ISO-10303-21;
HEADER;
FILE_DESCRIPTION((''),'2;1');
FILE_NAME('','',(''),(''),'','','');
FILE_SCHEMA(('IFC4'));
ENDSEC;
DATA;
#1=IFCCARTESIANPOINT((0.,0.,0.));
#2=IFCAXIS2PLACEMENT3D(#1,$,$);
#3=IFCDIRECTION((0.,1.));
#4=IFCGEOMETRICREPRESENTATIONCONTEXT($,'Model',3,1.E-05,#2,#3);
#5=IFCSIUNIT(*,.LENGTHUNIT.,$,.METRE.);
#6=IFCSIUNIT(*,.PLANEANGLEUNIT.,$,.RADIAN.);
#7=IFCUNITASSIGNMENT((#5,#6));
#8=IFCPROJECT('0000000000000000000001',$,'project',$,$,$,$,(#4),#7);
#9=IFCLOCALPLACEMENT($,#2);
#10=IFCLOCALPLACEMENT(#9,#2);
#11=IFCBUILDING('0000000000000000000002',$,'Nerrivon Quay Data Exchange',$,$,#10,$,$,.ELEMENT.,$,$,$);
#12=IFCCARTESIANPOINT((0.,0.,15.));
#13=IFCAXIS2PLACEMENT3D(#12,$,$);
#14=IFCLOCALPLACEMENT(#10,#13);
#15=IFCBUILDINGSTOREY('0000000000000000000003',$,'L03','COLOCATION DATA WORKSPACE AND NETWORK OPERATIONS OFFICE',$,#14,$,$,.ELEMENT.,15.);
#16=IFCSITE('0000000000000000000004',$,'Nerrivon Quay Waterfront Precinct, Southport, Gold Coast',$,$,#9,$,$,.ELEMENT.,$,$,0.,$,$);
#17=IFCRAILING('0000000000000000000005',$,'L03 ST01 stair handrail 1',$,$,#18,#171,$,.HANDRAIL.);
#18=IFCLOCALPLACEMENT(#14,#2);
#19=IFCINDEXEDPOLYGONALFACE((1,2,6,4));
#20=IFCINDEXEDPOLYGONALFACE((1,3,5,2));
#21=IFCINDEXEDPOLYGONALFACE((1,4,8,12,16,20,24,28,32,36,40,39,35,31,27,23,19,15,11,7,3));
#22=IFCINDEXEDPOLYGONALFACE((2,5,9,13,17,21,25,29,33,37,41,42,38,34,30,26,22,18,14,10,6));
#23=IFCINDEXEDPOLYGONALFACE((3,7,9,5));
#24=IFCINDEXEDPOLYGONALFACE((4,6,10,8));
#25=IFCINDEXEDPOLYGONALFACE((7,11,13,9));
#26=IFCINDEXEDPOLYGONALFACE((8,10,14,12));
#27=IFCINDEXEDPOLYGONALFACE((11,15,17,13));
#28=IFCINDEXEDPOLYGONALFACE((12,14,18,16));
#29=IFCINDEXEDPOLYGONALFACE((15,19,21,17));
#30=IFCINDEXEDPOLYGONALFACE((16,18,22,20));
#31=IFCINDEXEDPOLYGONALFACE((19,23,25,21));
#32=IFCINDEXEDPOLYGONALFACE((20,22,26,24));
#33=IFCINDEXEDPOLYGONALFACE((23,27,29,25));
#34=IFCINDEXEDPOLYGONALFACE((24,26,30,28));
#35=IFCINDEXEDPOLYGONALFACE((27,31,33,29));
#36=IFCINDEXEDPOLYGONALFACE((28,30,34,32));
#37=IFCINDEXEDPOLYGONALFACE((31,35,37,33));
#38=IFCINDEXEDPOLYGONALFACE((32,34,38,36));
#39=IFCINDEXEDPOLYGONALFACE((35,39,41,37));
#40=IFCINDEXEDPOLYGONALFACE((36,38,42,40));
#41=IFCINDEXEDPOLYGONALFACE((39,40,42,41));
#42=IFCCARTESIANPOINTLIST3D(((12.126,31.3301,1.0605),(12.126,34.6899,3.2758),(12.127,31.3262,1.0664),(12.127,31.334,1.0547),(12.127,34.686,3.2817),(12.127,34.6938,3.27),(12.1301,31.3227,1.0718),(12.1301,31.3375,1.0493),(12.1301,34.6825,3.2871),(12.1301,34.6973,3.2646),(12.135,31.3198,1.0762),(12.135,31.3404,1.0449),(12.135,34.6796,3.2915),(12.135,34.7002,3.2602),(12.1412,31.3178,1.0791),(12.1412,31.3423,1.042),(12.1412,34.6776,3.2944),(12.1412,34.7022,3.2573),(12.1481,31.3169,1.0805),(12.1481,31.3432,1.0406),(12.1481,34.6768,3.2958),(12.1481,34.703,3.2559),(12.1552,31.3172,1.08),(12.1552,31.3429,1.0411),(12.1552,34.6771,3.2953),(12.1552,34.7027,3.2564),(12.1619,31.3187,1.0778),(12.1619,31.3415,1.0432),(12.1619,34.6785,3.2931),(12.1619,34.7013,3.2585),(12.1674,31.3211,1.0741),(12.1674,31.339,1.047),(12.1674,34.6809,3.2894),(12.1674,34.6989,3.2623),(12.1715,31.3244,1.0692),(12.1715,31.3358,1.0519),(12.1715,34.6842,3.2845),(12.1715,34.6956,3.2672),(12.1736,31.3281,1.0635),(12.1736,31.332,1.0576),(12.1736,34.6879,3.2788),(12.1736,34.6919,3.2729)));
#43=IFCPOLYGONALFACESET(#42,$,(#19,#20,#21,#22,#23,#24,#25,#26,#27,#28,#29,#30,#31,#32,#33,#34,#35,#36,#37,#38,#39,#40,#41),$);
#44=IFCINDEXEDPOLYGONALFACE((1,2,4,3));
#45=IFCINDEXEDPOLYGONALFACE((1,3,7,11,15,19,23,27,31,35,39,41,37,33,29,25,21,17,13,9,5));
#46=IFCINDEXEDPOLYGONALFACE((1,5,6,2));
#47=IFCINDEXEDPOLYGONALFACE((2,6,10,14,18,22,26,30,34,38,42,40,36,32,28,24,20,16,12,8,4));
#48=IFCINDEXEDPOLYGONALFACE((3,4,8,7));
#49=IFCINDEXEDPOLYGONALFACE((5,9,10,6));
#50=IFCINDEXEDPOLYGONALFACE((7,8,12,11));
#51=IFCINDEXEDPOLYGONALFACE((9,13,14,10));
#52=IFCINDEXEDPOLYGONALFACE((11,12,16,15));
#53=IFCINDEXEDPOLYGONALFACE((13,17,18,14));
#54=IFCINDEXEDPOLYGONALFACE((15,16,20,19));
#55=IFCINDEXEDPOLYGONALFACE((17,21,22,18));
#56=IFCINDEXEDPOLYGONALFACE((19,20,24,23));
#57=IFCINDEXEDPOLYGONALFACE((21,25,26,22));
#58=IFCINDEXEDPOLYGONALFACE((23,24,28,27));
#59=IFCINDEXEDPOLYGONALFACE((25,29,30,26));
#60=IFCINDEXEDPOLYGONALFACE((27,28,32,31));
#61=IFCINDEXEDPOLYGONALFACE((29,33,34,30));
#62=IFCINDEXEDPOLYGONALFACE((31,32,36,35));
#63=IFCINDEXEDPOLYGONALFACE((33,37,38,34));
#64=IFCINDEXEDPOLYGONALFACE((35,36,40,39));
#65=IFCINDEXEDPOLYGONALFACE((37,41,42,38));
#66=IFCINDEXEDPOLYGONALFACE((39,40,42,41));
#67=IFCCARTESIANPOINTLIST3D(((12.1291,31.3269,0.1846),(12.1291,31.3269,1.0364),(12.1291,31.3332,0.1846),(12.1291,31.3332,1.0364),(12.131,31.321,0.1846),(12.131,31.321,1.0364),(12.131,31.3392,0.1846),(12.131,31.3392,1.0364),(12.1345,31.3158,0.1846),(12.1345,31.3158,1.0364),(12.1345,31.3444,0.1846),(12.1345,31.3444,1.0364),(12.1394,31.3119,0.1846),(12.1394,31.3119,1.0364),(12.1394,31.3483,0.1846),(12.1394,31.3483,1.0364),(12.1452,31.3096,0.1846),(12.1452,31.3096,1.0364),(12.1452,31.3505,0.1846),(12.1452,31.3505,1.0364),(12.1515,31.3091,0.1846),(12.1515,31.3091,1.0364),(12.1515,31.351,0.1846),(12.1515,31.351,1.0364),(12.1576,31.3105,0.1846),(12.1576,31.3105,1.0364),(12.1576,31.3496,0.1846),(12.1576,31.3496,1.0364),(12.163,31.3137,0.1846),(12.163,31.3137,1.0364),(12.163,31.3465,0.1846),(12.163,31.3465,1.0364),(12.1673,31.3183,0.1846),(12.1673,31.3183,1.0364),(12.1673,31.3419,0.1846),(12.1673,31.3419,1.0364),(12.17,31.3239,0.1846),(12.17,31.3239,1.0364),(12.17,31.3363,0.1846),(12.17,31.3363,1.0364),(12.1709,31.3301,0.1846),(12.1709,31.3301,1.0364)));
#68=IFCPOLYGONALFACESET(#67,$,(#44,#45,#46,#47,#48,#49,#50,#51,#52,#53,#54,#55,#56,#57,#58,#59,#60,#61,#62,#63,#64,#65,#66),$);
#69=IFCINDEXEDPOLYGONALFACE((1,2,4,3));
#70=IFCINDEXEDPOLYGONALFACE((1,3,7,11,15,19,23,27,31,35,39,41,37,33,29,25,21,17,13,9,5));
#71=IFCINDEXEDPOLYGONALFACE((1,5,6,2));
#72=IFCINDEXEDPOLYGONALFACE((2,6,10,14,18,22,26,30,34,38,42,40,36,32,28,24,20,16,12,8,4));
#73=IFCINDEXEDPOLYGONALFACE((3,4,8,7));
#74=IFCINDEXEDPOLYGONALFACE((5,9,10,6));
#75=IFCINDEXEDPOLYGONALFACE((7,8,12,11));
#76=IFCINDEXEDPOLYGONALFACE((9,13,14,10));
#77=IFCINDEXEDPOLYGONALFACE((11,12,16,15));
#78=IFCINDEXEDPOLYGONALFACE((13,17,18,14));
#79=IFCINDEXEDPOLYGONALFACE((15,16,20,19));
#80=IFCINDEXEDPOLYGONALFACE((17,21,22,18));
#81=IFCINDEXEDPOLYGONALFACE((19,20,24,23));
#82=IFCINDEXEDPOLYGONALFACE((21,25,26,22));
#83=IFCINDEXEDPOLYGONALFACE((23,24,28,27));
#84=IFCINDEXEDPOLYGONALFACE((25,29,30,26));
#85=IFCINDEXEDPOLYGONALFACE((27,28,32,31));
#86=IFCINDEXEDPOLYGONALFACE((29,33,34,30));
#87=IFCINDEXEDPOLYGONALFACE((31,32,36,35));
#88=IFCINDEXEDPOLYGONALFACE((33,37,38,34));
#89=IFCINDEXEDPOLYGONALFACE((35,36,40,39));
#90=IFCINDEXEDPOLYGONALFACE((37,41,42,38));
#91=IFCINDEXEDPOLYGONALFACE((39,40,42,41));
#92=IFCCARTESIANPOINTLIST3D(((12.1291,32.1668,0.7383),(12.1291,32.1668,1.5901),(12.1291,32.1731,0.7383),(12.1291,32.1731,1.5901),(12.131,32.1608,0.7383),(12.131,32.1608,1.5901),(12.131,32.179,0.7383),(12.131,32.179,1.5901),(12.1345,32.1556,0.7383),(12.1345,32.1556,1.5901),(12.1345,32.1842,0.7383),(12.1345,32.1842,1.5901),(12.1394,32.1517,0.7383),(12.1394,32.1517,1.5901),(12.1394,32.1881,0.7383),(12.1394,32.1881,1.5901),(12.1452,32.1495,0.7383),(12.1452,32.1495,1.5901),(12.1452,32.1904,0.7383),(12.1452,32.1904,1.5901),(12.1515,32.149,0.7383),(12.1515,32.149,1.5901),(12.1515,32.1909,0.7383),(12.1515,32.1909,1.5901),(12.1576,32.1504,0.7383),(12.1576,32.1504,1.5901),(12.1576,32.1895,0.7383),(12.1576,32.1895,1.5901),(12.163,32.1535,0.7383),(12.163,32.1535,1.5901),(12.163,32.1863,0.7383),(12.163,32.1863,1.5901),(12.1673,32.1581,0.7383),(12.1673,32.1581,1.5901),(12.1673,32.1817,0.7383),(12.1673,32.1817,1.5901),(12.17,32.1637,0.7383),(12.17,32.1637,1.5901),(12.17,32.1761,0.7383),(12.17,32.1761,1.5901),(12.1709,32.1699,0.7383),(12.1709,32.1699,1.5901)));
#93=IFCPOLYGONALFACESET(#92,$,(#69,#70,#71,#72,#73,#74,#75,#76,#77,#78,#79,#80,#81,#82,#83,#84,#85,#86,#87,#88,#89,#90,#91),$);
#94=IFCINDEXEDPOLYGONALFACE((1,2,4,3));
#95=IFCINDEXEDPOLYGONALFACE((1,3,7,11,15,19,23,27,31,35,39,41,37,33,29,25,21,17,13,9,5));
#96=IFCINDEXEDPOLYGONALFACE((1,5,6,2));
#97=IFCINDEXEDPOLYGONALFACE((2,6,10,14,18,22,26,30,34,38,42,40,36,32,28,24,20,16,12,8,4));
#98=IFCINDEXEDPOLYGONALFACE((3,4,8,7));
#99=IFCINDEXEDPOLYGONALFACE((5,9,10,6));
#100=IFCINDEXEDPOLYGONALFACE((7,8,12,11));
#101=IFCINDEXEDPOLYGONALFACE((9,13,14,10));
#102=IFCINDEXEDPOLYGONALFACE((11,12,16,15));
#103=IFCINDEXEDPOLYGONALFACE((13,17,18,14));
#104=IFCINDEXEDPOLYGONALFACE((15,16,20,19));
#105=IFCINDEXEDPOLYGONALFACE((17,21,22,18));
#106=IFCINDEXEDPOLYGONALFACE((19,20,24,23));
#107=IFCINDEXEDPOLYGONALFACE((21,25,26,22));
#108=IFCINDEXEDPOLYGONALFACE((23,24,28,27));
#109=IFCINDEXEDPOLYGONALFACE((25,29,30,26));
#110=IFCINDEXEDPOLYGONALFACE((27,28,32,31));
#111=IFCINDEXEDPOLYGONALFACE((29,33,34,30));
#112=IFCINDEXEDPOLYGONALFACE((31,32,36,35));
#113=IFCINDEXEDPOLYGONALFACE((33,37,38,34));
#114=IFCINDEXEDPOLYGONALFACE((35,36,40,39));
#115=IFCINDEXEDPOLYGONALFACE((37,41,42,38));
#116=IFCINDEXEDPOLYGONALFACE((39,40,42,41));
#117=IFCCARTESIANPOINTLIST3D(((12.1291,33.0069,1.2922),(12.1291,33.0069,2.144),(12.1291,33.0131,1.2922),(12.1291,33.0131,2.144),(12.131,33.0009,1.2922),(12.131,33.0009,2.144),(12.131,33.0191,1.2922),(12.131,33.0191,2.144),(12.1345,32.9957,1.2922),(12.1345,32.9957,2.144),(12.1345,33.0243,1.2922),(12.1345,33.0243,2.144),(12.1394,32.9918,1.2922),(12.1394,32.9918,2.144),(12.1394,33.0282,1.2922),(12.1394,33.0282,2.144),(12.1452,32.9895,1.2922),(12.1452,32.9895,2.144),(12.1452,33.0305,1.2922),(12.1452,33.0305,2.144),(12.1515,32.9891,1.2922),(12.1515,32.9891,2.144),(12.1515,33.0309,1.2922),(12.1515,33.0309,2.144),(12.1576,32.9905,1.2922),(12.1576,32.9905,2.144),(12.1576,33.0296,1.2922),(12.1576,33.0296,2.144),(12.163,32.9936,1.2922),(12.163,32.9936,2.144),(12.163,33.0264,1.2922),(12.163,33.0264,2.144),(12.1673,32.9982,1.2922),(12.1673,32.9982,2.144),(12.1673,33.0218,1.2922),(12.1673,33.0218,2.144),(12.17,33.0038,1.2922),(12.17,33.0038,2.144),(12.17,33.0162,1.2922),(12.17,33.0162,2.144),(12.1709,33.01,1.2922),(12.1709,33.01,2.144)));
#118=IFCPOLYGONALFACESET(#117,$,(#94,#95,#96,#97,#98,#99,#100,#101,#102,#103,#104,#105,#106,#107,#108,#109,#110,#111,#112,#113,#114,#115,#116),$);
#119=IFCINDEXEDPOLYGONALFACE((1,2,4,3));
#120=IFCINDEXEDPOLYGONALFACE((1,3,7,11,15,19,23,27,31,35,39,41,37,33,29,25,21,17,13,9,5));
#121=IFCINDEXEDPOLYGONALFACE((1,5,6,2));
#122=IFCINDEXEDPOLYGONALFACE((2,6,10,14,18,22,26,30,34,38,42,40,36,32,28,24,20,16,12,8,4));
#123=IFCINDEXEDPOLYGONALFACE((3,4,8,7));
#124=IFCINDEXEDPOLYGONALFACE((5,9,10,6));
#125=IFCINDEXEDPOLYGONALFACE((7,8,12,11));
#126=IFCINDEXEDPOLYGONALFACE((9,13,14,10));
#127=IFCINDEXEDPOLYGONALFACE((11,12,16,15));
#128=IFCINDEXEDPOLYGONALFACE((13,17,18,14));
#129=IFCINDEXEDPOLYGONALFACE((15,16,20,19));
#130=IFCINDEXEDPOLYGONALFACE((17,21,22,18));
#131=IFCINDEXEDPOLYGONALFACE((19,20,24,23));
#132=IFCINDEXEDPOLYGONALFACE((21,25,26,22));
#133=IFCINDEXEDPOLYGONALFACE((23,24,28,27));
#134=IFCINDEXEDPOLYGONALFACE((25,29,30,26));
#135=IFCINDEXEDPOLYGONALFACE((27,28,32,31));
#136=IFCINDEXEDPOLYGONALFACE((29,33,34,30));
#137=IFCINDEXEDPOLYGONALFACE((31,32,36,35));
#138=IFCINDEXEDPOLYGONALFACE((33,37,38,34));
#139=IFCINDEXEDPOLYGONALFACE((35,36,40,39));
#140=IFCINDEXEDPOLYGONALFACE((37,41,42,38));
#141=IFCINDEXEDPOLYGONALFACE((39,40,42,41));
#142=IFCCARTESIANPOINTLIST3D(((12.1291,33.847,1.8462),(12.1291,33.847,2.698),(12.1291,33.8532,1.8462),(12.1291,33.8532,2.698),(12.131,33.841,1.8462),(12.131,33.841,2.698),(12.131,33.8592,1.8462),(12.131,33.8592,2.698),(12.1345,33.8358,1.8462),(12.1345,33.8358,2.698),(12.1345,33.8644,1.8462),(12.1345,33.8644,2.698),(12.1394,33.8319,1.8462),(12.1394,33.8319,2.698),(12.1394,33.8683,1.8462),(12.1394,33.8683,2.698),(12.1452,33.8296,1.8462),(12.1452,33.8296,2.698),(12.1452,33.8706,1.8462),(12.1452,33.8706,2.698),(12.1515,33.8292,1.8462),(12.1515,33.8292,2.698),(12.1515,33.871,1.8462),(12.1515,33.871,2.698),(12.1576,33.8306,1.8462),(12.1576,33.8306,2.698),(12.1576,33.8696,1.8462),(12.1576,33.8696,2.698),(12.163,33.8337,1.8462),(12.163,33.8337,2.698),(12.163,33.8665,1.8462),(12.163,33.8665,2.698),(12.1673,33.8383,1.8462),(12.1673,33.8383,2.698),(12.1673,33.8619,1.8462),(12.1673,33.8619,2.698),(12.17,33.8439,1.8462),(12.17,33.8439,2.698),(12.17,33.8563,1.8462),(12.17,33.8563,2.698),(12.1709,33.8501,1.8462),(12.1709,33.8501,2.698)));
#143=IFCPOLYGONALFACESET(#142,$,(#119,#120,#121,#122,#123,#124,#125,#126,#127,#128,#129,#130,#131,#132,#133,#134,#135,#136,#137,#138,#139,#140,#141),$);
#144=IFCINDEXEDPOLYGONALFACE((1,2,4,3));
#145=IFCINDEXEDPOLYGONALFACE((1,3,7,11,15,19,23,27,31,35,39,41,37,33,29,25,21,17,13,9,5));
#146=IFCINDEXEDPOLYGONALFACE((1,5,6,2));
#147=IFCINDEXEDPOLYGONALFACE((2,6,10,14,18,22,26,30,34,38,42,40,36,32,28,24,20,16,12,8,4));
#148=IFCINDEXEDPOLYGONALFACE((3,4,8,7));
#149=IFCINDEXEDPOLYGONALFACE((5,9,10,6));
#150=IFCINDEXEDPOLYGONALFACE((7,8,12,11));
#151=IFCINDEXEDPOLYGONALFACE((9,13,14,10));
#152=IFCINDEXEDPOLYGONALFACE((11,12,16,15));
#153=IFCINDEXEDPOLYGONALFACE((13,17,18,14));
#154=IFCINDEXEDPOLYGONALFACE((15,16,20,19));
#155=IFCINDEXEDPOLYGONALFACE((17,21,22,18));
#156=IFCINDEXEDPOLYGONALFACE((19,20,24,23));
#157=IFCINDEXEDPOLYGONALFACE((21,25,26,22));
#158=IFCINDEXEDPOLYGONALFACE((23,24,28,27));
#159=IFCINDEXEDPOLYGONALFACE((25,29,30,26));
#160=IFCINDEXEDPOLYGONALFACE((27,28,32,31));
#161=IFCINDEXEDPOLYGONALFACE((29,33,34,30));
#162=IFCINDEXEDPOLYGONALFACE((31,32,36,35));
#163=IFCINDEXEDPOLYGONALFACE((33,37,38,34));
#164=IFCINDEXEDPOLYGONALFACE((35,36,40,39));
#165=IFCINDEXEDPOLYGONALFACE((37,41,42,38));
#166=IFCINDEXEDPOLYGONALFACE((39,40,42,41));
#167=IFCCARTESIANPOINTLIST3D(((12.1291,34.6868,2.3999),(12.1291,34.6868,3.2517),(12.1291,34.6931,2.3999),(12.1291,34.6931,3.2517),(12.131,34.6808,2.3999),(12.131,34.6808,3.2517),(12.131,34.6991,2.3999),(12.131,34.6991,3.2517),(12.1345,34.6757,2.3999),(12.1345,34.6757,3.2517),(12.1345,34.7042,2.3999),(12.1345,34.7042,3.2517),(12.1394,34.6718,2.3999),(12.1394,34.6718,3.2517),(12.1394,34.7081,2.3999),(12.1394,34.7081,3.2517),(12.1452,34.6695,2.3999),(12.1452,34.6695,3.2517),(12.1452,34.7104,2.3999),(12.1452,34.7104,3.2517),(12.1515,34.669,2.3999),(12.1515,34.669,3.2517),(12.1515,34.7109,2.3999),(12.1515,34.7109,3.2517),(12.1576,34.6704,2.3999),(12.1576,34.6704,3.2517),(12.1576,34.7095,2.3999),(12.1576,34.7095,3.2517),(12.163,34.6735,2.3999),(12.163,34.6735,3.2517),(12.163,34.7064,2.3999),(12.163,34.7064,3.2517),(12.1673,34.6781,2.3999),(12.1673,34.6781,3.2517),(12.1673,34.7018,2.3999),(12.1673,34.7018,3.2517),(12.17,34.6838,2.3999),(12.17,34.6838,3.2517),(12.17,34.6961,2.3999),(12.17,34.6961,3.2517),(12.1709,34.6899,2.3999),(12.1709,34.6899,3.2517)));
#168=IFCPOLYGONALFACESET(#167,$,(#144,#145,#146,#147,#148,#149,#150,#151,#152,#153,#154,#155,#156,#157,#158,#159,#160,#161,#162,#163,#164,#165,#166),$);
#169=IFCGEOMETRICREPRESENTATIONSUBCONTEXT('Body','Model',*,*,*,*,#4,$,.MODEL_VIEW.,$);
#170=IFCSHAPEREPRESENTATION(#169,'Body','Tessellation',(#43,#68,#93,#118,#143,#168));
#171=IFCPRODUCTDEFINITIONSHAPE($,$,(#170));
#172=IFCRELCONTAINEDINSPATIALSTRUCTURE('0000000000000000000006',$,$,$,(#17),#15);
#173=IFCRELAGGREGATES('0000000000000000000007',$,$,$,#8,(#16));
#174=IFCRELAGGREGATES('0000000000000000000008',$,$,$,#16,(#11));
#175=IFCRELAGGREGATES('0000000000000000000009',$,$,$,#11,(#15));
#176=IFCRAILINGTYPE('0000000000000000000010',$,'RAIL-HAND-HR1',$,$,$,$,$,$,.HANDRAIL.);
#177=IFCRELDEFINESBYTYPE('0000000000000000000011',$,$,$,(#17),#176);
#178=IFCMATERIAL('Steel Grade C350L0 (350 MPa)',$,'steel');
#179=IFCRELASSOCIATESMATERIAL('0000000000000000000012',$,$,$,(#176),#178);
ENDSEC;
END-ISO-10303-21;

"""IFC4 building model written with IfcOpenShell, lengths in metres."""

from ifc_helpers import new_model, si_unit, direction, frame, origin, origin_2d, place, context, subcontext, project, spatial, circle, extrude, material, type_object, element, save


model = new_model("IFC4")

# Units and contexts
model_context = context("Model", 3, precision=1e-05, world=origin(), true_north=direction((0.0, 1.0)))
body_context = subcontext(model_context, "Body", "Model", "MODEL_VIEW")
ifc_project = project(units=[si_unit("LENGTHUNIT", "METRE"), si_unit("PLANEANGLEUNIT", "RADIAN")], contexts=[model_context])

# Site, building, storey
site_placement = place(None, origin())
site = spatial("IfcSite", under=ifc_project, at=site_placement, Name="Nerrivon Quay Waterfront Precinct, Southport, Gold Coast", CompositionType="ELEMENT", RefElevation=0.0)
building_placement = place(site_placement, origin())
building = spatial("IfcBuilding", under=site, at=building_placement, Name="Nerrivon Quay Data Exchange", CompositionType="ELEMENT")
storey_placement = place(building_placement, frame((0.0, 0.0, 15.0)))
storey = spatial("IfcBuildingStorey", under=building, at=storey_placement, Name="L03", Description="COLOCATION DATA WORKSPACE AND NETWORK OPERATIONS OFFICE", CompositionType="ELEMENT", Elevation=15.0)

# Railing
ifc_material_1 = material(Name="Steel Grade C350L0 (350 MPa)", Category="steel")
railing_type_1 = type_object("IfcRailingType", Name="RAIL-HAND-HR1", PredefinedType="HANDRAIL", material=ifc_material_1)
railing_1_placement = place(storey_placement, frame((12.1499, 31.3301, 0.1846)))
element("IfcRailing", 1, at=railing_1_placement, inside=storey, type_object=railing_type_1, Name="L03 ST01 stair handrail 1", PredefinedType="HANDRAIL", context=body_context, shape_type="SweptSolid", body=[
    extrude(circle(Radius=0.0239, at=origin_2d()), frame((0.0, 0.0, 0.876), z_axis=(0.0, 0.834858, 0.550465), x_axis=(-1.0, 0.0, 0.0)), (0.0, 0.0, 1.0), 4.0244),
    extrude(circle(Radius=0.021, at=origin_2d()), origin(), (0.0, 0.0, 1.0), 0.8518),
    extrude(circle(Radius=0.021, at=origin_2d()), frame((0.0, 0.8398, 0.5537)), (0.0, 0.0, 1.0), 0.8518),
    extrude(circle(Radius=0.021, at=origin_2d()), frame((0.0, 1.6799, 1.1077)), (0.0, 0.0, 1.0), 0.8518),
    extrude(circle(Radius=0.021, at=origin_2d()), frame((0.0, 2.52, 1.6616)), (0.0, 0.0, 1.0), 0.8518),
    extrude(circle(Radius=0.021, at=origin_2d()), frame((0.0, 3.3599, 2.2153)), (0.0, 0.0, 1.0), 0.8518),
])

save(model, "model.ifc")
